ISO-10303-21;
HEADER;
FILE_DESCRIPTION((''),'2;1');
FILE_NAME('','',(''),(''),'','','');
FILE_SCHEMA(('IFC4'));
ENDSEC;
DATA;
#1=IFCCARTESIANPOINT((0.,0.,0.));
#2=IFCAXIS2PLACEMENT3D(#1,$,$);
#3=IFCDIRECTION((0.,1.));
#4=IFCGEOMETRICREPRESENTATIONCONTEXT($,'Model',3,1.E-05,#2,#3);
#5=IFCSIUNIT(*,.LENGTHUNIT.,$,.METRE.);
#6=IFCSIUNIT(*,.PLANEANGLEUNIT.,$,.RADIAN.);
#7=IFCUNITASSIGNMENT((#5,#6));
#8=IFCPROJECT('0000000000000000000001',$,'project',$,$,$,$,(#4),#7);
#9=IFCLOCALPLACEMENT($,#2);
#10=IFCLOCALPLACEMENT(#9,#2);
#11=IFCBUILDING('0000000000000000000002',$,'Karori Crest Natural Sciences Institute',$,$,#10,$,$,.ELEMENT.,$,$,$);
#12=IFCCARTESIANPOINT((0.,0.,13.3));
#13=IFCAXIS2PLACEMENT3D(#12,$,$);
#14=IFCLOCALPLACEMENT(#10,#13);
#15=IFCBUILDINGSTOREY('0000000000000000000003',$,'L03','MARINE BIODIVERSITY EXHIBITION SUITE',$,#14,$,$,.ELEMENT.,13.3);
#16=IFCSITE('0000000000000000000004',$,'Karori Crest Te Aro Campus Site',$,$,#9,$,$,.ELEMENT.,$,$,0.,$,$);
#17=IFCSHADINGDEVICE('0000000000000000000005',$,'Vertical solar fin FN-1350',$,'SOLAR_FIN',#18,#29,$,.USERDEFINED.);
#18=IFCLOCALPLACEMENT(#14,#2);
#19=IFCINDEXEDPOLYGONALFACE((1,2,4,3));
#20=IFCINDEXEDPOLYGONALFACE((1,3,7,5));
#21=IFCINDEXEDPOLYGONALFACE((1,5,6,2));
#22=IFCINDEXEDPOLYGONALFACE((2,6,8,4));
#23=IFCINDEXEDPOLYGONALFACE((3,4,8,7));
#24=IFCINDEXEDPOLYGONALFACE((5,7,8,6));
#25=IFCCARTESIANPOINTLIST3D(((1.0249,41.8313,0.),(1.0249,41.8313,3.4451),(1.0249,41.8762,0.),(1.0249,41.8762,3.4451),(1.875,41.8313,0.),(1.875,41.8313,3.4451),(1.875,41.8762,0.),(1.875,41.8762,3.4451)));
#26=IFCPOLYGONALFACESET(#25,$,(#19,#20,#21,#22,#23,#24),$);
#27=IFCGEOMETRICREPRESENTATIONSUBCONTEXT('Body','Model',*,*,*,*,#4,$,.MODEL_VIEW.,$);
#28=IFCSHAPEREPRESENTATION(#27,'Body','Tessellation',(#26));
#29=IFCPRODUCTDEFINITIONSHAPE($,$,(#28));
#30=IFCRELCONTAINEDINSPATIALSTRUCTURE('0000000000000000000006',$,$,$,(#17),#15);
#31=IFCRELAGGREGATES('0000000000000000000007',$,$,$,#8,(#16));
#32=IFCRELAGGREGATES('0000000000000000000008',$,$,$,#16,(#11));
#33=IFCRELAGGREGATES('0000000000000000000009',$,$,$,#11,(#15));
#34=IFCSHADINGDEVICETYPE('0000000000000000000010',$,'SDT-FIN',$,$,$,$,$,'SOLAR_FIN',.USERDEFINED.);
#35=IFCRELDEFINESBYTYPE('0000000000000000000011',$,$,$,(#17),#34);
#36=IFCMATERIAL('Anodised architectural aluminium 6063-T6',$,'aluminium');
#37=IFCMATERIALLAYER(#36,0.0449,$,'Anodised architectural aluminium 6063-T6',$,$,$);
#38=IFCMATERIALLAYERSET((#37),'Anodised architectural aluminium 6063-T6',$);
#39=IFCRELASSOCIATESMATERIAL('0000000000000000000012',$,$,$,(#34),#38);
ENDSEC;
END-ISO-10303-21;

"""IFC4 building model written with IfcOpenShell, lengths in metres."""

from ifc_helpers import new_model, si_unit, direction, frame, origin, origin_2d, place, context, subcontext, project, spatial, rectangle, extrude, material, layer, layer_set, type_object, element, save


model = new_model("IFC4")

# Units and contexts
model_context = context("Model", 3, precision=1e-05, world=origin(), true_north=direction((0.0, 1.0)))
body_context = subcontext(model_context, "Body", "Model", "MODEL_VIEW")
ifc_project = project(units=[si_unit("LENGTHUNIT", "METRE"), si_unit("PLANEANGLEUNIT", "RADIAN")], contexts=[model_context])

# Site, building, storey
site_placement = place(None, origin())
site = spatial("IfcSite", under=ifc_project, at=site_placement, Name="Karori Crest Te Aro Campus Site", CompositionType="ELEMENT", RefElevation=0.0)
building_placement = place(site_placement, origin())
building = spatial("IfcBuilding", under=site, at=building_placement, Name="Karori Crest Natural Sciences Institute", CompositionType="ELEMENT")
storey_placement = place(building_placement, frame((0.0, 0.0, 13.3)))
storey = spatial("IfcBuildingStorey", under=building, at=storey_placement, Name="L03", Description="MARINE BIODIVERSITY EXHIBITION SUITE", CompositionType="ELEMENT", Elevation=13.3)

# Shared definitions
ifc_material_1 = material(Name="Anodised architectural aluminium 6063-T6", Category="aluminium")

# Shading device
ifc_layer_1 = layer(ifc_material_1, 0.0449, Name="Anodised architectural aluminium 6063-T6")
ifc_layer_set_1 = layer_set([ifc_layer_1], Name="Anodised architectural aluminium 6063-T6")
shading_device_type = type_object("IfcShadingDeviceType", Name="SDT-FIN", ElementType="SOLAR_FIN", PredefinedType="USERDEFINED", material=ifc_layer_set_1)
for number, where, z_axis, x_axis, name in (
    (1, (1.45, 41.8538, 0.0), (0.0, 0.0, 1.0), (-1.0, 0.0, 0.0), "Vertical solar fin FN-1350"),
):
    element("IfcShadingDevice", number, at=place(storey_placement, frame(where, z_axis=z_axis, x_axis=x_axis)), inside=storey, type_object=shading_device_type, Name=name, ObjectType="SOLAR_FIN", PredefinedType="USERDEFINED", context=body_context, shape_type="SweptSolid", body=[
        extrude(rectangle(XDim=0.8501, YDim=0.0449, at=origin_2d()), origin(), (0.0, 0.0, 1.0), 3.4451),
    ])

save(model, "model.ifc")
